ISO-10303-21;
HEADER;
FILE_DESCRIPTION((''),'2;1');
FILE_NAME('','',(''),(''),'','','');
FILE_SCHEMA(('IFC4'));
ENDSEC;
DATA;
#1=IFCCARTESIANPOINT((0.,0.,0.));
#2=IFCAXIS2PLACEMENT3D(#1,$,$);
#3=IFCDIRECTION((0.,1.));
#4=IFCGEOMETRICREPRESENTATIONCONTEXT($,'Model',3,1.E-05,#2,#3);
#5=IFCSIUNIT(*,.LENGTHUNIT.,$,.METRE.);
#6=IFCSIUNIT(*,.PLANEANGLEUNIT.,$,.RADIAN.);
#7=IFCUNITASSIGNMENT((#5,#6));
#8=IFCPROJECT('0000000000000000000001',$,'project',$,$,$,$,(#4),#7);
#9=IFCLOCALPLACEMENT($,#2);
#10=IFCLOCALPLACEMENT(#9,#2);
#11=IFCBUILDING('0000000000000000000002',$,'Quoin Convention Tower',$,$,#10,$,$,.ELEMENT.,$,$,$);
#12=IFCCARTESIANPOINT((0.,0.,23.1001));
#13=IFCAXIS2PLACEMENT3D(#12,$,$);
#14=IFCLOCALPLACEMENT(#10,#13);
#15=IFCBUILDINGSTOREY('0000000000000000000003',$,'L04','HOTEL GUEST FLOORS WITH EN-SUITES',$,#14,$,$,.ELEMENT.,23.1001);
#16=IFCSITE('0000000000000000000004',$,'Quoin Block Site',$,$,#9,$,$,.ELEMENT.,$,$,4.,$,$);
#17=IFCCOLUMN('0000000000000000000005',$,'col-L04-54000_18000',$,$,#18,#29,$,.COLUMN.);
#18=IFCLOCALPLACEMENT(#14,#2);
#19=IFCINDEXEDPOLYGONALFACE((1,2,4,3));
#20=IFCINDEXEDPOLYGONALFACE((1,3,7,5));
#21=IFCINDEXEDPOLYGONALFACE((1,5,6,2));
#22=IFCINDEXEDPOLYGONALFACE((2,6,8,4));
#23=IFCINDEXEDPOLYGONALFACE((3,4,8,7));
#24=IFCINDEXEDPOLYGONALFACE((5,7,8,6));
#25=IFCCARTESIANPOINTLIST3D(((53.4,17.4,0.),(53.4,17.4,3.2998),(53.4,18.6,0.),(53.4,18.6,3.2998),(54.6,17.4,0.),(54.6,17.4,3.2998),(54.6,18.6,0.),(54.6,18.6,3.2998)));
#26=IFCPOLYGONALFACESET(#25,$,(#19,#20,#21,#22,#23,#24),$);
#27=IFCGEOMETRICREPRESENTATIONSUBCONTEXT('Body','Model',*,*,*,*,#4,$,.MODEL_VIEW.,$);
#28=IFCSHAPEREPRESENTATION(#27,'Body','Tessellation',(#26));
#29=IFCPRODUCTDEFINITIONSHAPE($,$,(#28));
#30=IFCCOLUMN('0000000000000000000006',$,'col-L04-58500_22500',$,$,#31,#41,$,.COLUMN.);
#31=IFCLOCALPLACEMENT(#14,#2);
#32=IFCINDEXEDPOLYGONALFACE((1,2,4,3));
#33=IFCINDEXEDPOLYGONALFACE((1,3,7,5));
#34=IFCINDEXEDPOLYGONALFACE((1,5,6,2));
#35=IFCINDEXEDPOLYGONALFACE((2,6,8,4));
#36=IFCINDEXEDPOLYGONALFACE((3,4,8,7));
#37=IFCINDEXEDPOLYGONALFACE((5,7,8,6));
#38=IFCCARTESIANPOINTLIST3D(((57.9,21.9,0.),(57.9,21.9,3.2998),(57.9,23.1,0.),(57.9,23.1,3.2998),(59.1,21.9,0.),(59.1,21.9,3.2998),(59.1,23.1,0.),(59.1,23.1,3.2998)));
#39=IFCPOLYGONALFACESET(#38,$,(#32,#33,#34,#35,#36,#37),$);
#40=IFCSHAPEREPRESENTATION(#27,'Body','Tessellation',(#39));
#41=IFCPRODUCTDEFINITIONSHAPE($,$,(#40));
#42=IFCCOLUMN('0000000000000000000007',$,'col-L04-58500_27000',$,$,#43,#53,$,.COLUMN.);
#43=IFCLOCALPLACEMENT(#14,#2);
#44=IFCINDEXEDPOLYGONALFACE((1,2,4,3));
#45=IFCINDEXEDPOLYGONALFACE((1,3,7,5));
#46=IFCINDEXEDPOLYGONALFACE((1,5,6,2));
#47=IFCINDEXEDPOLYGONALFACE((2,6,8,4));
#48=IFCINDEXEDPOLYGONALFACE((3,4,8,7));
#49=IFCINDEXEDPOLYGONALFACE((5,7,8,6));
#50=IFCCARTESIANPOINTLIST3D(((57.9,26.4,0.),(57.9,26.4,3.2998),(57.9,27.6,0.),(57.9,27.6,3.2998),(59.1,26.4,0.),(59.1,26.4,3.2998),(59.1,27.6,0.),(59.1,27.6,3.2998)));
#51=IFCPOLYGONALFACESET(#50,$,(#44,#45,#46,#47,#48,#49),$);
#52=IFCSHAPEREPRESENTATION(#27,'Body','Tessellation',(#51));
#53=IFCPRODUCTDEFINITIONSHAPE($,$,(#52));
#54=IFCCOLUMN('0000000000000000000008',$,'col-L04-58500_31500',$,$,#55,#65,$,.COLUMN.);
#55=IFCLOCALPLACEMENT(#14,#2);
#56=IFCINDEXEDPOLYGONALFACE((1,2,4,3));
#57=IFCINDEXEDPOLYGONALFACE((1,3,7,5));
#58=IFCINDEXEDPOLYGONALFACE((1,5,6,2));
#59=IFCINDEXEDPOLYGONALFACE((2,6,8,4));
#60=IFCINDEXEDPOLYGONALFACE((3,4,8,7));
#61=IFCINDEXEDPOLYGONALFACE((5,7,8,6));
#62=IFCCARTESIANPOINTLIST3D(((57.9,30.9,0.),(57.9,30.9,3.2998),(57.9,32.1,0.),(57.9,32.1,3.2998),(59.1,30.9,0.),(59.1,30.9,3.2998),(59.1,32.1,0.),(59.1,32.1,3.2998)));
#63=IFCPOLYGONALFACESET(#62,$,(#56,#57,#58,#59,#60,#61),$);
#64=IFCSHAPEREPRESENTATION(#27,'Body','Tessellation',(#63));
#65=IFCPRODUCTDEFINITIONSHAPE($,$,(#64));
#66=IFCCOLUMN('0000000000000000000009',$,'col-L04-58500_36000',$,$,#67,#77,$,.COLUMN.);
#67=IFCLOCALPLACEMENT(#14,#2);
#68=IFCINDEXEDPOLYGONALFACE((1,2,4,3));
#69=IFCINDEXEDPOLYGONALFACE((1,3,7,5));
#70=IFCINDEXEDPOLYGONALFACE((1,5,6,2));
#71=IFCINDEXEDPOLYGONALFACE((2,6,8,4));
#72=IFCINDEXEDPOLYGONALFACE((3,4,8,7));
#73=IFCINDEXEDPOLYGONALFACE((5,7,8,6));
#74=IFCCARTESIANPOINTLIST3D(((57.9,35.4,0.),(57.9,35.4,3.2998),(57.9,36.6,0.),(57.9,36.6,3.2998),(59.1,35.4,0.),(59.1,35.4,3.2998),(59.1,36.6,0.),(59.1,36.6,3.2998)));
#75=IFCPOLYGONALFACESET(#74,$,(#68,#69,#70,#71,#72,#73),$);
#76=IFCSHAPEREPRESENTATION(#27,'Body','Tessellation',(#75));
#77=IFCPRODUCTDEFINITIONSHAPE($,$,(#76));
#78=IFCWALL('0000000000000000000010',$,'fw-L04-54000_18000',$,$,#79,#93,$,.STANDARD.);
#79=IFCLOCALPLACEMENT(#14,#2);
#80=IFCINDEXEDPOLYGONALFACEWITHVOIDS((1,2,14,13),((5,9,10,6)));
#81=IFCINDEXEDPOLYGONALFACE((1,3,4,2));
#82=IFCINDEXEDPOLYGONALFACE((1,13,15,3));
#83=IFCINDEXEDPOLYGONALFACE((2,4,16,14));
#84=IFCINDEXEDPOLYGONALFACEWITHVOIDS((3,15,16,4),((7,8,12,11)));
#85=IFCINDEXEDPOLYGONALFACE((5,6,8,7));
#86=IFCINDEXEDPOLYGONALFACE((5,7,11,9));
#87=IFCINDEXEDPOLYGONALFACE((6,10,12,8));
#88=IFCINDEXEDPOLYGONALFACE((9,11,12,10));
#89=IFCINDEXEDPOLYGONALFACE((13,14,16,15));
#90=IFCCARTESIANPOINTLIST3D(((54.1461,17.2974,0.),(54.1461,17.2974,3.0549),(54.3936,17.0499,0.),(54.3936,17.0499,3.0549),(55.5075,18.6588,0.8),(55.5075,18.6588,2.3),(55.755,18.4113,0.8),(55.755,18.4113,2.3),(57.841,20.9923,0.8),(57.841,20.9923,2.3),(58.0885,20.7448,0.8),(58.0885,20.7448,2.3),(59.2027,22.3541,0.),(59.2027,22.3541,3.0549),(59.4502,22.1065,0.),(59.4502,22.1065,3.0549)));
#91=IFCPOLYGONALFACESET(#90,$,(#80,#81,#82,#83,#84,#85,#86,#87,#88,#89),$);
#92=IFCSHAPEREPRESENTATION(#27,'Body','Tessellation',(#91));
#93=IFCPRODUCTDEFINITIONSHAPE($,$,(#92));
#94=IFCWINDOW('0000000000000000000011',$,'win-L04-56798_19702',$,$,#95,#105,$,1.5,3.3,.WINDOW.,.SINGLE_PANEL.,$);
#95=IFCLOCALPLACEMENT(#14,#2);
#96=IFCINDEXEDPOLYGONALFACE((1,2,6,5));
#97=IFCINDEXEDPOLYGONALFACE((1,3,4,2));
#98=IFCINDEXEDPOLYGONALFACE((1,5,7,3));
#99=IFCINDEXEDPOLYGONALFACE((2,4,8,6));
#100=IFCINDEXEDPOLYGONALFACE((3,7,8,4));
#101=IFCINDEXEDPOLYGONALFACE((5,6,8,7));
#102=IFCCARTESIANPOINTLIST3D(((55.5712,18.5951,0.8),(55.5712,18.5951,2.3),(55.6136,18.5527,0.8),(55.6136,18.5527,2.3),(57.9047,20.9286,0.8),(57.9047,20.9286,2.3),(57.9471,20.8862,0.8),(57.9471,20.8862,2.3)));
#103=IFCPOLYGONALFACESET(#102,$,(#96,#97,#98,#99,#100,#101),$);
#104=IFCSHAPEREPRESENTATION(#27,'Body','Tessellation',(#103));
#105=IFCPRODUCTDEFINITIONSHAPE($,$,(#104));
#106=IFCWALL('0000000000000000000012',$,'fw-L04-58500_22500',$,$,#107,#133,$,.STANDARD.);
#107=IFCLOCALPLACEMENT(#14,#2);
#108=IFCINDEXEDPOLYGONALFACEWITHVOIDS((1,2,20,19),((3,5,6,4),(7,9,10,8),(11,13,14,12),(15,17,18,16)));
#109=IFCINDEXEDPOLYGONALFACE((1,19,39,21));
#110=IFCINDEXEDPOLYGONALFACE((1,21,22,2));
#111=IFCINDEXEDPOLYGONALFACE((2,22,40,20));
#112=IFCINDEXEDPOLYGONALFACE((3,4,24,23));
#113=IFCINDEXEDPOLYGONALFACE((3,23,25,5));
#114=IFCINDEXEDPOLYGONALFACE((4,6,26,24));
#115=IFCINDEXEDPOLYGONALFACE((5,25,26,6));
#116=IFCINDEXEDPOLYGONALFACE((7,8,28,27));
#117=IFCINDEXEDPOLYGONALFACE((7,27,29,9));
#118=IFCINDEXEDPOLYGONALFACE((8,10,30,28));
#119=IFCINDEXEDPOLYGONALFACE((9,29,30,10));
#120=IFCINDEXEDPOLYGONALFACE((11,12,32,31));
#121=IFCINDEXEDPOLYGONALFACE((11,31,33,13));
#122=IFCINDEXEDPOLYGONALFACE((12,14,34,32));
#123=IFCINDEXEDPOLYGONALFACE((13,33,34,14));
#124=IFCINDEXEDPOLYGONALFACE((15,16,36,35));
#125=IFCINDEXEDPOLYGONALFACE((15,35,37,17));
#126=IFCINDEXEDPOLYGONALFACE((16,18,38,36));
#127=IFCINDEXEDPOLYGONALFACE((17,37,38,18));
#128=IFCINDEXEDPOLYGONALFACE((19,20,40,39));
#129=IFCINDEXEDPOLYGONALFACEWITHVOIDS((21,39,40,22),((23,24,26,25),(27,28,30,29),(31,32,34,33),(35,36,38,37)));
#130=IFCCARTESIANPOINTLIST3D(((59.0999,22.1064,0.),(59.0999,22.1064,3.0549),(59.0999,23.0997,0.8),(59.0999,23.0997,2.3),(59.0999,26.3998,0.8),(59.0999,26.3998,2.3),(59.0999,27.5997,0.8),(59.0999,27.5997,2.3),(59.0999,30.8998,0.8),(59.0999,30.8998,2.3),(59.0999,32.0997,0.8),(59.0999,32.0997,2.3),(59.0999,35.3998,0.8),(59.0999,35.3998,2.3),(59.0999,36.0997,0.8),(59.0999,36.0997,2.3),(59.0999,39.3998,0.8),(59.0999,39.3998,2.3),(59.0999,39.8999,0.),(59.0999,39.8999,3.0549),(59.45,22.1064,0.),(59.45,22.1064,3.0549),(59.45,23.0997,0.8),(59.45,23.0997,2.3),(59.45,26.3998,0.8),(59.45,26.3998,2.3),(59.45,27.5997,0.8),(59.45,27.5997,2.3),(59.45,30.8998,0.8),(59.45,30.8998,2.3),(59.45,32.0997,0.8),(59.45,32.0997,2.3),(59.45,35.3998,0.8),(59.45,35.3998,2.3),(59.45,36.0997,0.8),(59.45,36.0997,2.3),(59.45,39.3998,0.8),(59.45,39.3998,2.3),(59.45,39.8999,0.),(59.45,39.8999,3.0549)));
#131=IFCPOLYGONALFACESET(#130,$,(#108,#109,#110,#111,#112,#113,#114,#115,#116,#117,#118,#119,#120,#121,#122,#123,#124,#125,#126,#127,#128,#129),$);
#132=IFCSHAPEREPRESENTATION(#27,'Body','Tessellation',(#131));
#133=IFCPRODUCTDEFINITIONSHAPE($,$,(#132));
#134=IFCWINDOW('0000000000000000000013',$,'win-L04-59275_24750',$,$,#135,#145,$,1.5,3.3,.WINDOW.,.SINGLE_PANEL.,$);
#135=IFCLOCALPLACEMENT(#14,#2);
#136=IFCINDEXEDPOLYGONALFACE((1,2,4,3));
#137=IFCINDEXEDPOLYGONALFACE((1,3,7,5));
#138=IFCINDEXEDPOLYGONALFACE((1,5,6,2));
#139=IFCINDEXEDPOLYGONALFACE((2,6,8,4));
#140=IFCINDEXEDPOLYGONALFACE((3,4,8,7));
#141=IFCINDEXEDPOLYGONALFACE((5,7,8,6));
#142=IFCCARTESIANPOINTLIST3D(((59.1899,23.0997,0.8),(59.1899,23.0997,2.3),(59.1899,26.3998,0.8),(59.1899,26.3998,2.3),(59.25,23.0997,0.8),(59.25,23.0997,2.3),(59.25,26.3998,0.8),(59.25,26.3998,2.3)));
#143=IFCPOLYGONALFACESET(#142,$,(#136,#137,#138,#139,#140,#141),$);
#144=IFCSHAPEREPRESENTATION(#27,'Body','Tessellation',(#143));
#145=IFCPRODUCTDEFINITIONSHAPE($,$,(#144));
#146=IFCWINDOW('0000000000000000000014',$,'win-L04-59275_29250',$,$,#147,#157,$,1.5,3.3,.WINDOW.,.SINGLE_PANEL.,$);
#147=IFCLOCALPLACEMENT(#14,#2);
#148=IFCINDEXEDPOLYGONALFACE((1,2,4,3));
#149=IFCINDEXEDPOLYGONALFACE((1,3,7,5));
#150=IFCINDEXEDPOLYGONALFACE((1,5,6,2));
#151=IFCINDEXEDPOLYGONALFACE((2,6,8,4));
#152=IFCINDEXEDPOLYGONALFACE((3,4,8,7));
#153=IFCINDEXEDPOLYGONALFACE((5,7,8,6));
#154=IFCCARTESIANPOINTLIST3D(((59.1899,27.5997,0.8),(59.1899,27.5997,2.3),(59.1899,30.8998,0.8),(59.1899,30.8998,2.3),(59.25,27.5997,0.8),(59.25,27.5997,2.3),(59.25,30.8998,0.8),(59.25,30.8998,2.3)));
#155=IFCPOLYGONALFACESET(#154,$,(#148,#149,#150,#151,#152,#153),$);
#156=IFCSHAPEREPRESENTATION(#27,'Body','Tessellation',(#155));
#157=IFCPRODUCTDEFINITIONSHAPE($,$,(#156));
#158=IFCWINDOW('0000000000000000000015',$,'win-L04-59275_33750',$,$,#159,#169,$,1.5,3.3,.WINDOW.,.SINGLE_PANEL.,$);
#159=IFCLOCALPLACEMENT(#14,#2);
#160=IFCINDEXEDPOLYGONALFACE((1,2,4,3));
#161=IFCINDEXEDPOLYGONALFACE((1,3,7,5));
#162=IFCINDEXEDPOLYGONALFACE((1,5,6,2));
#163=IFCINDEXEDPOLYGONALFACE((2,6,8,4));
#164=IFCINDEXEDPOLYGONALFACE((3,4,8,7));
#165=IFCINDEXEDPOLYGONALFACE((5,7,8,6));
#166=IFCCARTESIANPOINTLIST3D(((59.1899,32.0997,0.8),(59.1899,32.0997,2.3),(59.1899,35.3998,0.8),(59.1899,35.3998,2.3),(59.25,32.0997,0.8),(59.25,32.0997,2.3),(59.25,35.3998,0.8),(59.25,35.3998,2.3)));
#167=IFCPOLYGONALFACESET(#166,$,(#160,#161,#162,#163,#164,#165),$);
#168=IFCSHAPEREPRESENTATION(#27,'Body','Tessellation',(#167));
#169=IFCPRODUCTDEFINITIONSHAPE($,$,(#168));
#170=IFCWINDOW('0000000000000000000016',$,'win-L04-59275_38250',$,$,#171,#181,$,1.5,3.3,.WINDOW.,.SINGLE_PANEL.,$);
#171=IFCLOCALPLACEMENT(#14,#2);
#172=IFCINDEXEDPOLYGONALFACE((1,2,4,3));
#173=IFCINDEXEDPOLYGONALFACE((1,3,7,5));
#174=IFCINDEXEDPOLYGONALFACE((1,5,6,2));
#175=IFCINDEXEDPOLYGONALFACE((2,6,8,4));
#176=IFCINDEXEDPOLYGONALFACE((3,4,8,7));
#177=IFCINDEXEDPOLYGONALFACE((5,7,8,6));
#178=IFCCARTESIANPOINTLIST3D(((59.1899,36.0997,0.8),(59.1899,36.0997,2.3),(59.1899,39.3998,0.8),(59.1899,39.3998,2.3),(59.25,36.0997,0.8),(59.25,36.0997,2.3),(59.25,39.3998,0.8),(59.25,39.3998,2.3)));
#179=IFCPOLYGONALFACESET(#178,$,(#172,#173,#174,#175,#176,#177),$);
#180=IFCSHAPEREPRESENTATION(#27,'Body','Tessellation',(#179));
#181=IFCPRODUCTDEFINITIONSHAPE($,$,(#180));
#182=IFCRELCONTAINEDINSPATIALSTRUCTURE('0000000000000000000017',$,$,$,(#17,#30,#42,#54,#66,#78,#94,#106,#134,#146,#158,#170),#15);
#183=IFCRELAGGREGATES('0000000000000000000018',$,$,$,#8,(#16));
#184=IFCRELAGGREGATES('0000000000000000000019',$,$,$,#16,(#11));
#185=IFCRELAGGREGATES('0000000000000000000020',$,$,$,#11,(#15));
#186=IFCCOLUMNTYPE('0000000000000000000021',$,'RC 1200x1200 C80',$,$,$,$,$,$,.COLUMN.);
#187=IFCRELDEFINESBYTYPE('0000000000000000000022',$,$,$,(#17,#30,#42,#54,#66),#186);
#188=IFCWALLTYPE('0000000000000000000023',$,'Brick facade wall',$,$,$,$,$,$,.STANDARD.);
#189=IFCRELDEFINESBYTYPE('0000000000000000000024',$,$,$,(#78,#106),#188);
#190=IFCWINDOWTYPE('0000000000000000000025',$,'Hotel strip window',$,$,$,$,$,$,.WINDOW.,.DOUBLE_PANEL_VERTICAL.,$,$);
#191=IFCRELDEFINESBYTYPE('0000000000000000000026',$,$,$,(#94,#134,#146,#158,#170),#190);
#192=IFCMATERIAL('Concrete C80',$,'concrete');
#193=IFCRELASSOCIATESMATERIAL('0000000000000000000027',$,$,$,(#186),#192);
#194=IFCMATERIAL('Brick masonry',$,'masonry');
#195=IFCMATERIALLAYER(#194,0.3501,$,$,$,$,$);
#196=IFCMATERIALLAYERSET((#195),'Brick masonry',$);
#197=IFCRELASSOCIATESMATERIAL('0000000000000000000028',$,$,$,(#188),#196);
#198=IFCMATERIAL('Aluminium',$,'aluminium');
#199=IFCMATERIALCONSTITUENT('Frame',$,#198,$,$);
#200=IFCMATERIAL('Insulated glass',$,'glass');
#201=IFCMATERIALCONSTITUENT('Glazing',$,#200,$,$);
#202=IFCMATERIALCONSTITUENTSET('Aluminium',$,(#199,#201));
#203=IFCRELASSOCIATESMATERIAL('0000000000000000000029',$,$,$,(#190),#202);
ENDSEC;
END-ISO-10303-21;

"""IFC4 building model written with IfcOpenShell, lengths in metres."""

from ifc_helpers import new_model, si_unit, direction, frame, frame_2d, origin, origin_2d, place, context, subcontext, project, spatial, rectangle, extrude, material, layer, layer_set, constituent, constituent_set, material_profile, profile_set, type_object, element, fill, save


model = new_model("IFC4")

# Units and contexts
model_context = context("Model", 3, precision=1e-05, world=origin(), true_north=direction((0.0, 1.0)))
body_context = subcontext(model_context, "Body", "Model", "MODEL_VIEW")
ifc_project = project(units=[si_unit("LENGTHUNIT", "METRE"), si_unit("PLANEANGLEUNIT", "RADIAN")], contexts=[model_context])

# Site, building, storey
site_placement = place(None, origin())
site = spatial("IfcSite", under=ifc_project, at=site_placement, Name="Quoin Block Site", CompositionType="ELEMENT", RefElevation=4.0)
building_placement = place(site_placement, origin())
building = spatial("IfcBuilding", under=site, at=building_placement, Name="Quoin Convention Tower", CompositionType="ELEMENT")
storey_placement = place(building_placement, frame((0.0, 0.0, 23.1001)))
storey = spatial("IfcBuildingStorey", under=building, at=storey_placement, Name="L04", Description="HOTEL GUEST FLOORS WITH EN-SUITES", CompositionType="ELEMENT", Elevation=23.1001)

# Columns
ifc_material_1 = material(Name="Concrete C80", Category="concrete")
ifc_material_profile = material_profile(ifc_material_1, rectangle(XDim=1.2, YDim=1.2, at=origin_2d()), Name="RC 1200x1200")
ifc_profile_set = profile_set([ifc_material_profile], Name="Concrete C80")
column_type = type_object("IfcColumnType", Name="RC 1200x1200 C80", PredefinedType="COLUMN", material=ifc_profile_set)
for number, where, z_axis, x_axis, name in (
    (1, (54.0, 18.0, 0.0), (0.0, 0.0, 1.0), (1.0, 0.0, 0.0), "col-L04-54000_18000"),
    (2, (58.5, 22.5, 0.0), (0.0, 0.0, 1.0), (1.0, 0.0, 0.0), "col-L04-58500_22500"),
    (3, (58.5, 27.0, 0.0), (0.0, 0.0, 1.0), (1.0, 0.0, 0.0), "col-L04-58500_27000"),
    (4, (58.5, 31.5, 0.0), (0.0, 0.0, 1.0), (1.0, 0.0, 0.0), "col-L04-58500_31500"),
    (5, (58.5, 36.0, 0.0), (0.0, 0.0, 1.0), (1.0, 0.0, 0.0), "col-L04-58500_36000"),
):
    element("IfcColumn", number, at=place(storey_placement, frame(where, z_axis=z_axis, x_axis=x_axis)), inside=storey, type_object=column_type, Name=name, PredefinedType="COLUMN", context=body_context, shape_type="SweptSolid", body=[
        extrude(rectangle(XDim=1.2, YDim=1.2, at=origin_2d()), origin(), (0.0, 0.0, 1.0), 3.2998),
    ])

# Wall, opening, window
ifc_material_2 = material(Name="Brick masonry", Category="masonry")
ifc_layer_1 = layer(ifc_material_2, 0.3501)
ifc_layer_set_1 = layer_set([ifc_layer_1], Name="Brick masonry")
wall_type_1 = type_object("IfcWallType", Name="Brick facade wall", PredefinedType="STANDARD", material=ifc_layer_set_1)
wall_1_placement = place(storey_placement, frame((54.2698, 17.1736, 0.0), z_axis=(0.0, 0.0, 1.0), x_axis=(0.707107, 0.707107, 0.0)))
wall_1 = element("IfcWall", 6, at=wall_1_placement, inside=storey, type_object=wall_type_1, Name="fw-L04-54000_18000", PredefinedType="STANDARD", context=body_context, shape_type="SweptSolid", body=[
    extrude(rectangle(XDim=7.1511, YDim=0.3501, at=frame_2d((3.5757, 0.0))), origin(), (0.0, 0.0, 1.0), 3.0549),
])
opening_1_placement = place(wall_1_placement, frame((1.9255, 0.0, 0.8)))
opening_1 = element("IfcOpeningElement", 7, at=opening_1_placement, cuts=wall_1, PredefinedType="OPENING", context=body_context, shape_type="SweptSolid", body=[
    extrude(rectangle(XDim=3.3, YDim=1.5, at=frame_2d((1.6499, 0.75))), frame((0.0, 0.1851, 0.0), z_axis=(0.0, -1.0, 0.0), x_axis=(1.0, 0.0, 0.0)), (0.0, 0.0, 1.0), 0.3701),
])
ifc_material_3 = material(Name="Aluminium", Category="aluminium")
ifc_constituent_1 = constituent(ifc_material_3, Name="Frame")
ifc_material_4 = material(Name="Insulated glass", Category="glass")
ifc_constituent_2 = constituent(ifc_material_4, Name="Glazing")
ifc_constituent_set = constituent_set(constituents=[ifc_constituent_1, ifc_constituent_2], Name="Aluminium")
window_type = type_object("IfcWindowType", Name="Hotel strip window", PartitioningType="DOUBLE_PANEL_VERTICAL", PredefinedType="WINDOW", material=ifc_constituent_set)
window_1_placement = place(opening_1_placement, origin())
window_1 = element("IfcWindow", 8, at=window_1_placement, inside=storey, type_object=window_type, Name="win-L04-56798_19702", OverallHeight=1.5, OverallWidth=3.3, PartitioningType="SINGLE_PANEL", PredefinedType="WINDOW", context=body_context, shape_type="SweptSolid", body=[
    extrude(rectangle(XDim=3.3, YDim=1.5, at=frame_2d((1.6499, 0.75))), frame((0.0, 0.085, 0.0), z_axis=(0.0, -1.0, 0.0), x_axis=(1.0, 0.0, 0.0)), (0.0, 0.0, 1.0), 0.0601),
])
fill(opening_1, window_1)

# Wall, openings, windows
wall_2_placement = place(storey_placement, frame((59.2749, 22.1064, 0.0), z_axis=(0.0, 0.0, 1.0), x_axis=(0.0, 1.0, 0.0)))
wall_2 = element("IfcWall", 9, at=wall_2_placement, inside=storey, type_object=wall_type_1, Name="fw-L04-58500_22500", PredefinedType="STANDARD", context=body_context, shape_type="SweptSolid", body=[
    extrude(rectangle(XDim=17.7935, YDim=0.3501, at=frame_2d((8.8967, 0.0))), origin(), (0.0, 0.0, 1.0), 3.0549),
])
opening_2_placement = place(wall_2_placement, frame((0.9934, 0.0, 0.8)))
opening_2 = element("IfcOpeningElement", 10, at=opening_2_placement, cuts=wall_2, PredefinedType="OPENING", context=body_context, shape_type="SweptSolid", body=[
    extrude(rectangle(XDim=3.3, YDim=1.5, at=frame_2d((1.6499, 0.75))), frame((0.0, 0.1851, 0.0), z_axis=(0.0, -1.0, 0.0), x_axis=(1.0, 0.0, 0.0)), (0.0, 0.0, 1.0), 0.3701),
])
opening_3_placement = place(wall_2_placement, frame((5.4934, 0.0, 0.8)))
opening_3 = element("IfcOpeningElement", 11, at=opening_3_placement, cuts=wall_2, PredefinedType="OPENING", context=body_context, shape_type="SweptSolid", body=[
    extrude(rectangle(XDim=3.3, YDim=1.5, at=frame_2d((1.6499, 0.75))), frame((0.0, 0.1851, 0.0), z_axis=(0.0, -1.0, 0.0), x_axis=(1.0, 0.0, 0.0)), (0.0, 0.0, 1.0), 0.3701),
])
opening_4_placement = place(wall_2_placement, frame((9.9934, 0.0, 0.8)))
opening_4 = element("IfcOpeningElement", 12, at=opening_4_placement, cuts=wall_2, PredefinedType="OPENING", context=body_context, shape_type="SweptSolid", body=[
    extrude(rectangle(XDim=3.3, YDim=1.5, at=frame_2d((1.6499, 0.75))), frame((0.0, 0.1851, 0.0), z_axis=(0.0, -1.0, 0.0), x_axis=(1.0, 0.0, 0.0)), (0.0, 0.0, 1.0), 0.3701),
])
opening_5_placement = place(wall_2_placement, frame((13.9934, 0.0, 0.8)))
opening_5 = element("IfcOpeningElement", 13, at=opening_5_placement, cuts=wall_2, PredefinedType="OPENING", context=body_context, shape_type="SweptSolid", body=[
    extrude(rectangle(XDim=3.3, YDim=1.5, at=frame_2d((1.6499, 0.75))), frame((0.0, 0.1851, 0.0), z_axis=(0.0, -1.0, 0.0), x_axis=(1.0, 0.0, 0.0)), (0.0, 0.0, 1.0), 0.3701),
])
window_2_placement = place(opening_2_placement, origin())
window_2 = element("IfcWindow", 14, at=window_2_placement, inside=storey, type_object=window_type, Name="win-L04-59275_24750", OverallHeight=1.5, OverallWidth=3.3, PartitioningType="SINGLE_PANEL", PredefinedType="WINDOW", context=body_context, shape_type="SweptSolid", body=[
    extrude(rectangle(XDim=3.3, YDim=1.5, at=frame_2d((1.6499, 0.75))), frame((0.0, 0.085, 0.0), z_axis=(0.0, -1.0, 0.0), x_axis=(1.0, 0.0, 0.0)), (0.0, 0.0, 1.0), 0.0601),
])
fill(opening_2, window_2)
window_3_placement = place(opening_3_placement, origin())
window_3 = element("IfcWindow", 15, at=window_3_placement, inside=storey, type_object=window_type, Name="win-L04-59275_29250", OverallHeight=1.5, OverallWidth=3.3, PartitioningType="SINGLE_PANEL", PredefinedType="WINDOW", context=body_context, shape_type="SweptSolid", body=[
    extrude(rectangle(XDim=3.3, YDim=1.5, at=frame_2d((1.6499, 0.75))), frame((0.0, 0.085, 0.0), z_axis=(0.0, -1.0, 0.0), x_axis=(1.0, 0.0, 0.0)), (0.0, 0.0, 1.0), 0.0601),
])
fill(opening_3, window_3)
window_4_placement = place(opening_4_placement, origin())
window_4 = element("IfcWindow", 16, at=window_4_placement, inside=storey, type_object=window_type, Name="win-L04-59275_33750", OverallHeight=1.5, OverallWidth=3.3, PartitioningType="SINGLE_PANEL", PredefinedType="WINDOW", context=body_context, shape_type="SweptSolid", body=[
    extrude(rectangle(XDim=3.3, YDim=1.5, at=frame_2d((1.6499, 0.75))), frame((0.0, 0.085, 0.0), z_axis=(0.0, -1.0, 0.0), x_axis=(1.0, 0.0, 0.0)), (0.0, 0.0, 1.0), 0.0601),
])
fill(opening_4, window_4)
window_5_placement = place(opening_5_placement, origin())
window_5 = element("IfcWindow", 17, at=window_5_placement, inside=storey, type_object=window_type, Name="win-L04-59275_38250", OverallHeight=1.5, OverallWidth=3.3, PartitioningType="SINGLE_PANEL", PredefinedType="WINDOW", context=body_context, shape_type="SweptSolid", body=[
    extrude(rectangle(XDim=3.3, YDim=1.5, at=frame_2d((1.6499, 0.75))), frame((0.0, 0.085, 0.0), z_axis=(0.0, -1.0, 0.0), x_axis=(1.0, 0.0, 0.0)), (0.0, 0.0, 1.0), 0.0601),
])
fill(opening_5, window_5)

save(model, "model.ifc")
